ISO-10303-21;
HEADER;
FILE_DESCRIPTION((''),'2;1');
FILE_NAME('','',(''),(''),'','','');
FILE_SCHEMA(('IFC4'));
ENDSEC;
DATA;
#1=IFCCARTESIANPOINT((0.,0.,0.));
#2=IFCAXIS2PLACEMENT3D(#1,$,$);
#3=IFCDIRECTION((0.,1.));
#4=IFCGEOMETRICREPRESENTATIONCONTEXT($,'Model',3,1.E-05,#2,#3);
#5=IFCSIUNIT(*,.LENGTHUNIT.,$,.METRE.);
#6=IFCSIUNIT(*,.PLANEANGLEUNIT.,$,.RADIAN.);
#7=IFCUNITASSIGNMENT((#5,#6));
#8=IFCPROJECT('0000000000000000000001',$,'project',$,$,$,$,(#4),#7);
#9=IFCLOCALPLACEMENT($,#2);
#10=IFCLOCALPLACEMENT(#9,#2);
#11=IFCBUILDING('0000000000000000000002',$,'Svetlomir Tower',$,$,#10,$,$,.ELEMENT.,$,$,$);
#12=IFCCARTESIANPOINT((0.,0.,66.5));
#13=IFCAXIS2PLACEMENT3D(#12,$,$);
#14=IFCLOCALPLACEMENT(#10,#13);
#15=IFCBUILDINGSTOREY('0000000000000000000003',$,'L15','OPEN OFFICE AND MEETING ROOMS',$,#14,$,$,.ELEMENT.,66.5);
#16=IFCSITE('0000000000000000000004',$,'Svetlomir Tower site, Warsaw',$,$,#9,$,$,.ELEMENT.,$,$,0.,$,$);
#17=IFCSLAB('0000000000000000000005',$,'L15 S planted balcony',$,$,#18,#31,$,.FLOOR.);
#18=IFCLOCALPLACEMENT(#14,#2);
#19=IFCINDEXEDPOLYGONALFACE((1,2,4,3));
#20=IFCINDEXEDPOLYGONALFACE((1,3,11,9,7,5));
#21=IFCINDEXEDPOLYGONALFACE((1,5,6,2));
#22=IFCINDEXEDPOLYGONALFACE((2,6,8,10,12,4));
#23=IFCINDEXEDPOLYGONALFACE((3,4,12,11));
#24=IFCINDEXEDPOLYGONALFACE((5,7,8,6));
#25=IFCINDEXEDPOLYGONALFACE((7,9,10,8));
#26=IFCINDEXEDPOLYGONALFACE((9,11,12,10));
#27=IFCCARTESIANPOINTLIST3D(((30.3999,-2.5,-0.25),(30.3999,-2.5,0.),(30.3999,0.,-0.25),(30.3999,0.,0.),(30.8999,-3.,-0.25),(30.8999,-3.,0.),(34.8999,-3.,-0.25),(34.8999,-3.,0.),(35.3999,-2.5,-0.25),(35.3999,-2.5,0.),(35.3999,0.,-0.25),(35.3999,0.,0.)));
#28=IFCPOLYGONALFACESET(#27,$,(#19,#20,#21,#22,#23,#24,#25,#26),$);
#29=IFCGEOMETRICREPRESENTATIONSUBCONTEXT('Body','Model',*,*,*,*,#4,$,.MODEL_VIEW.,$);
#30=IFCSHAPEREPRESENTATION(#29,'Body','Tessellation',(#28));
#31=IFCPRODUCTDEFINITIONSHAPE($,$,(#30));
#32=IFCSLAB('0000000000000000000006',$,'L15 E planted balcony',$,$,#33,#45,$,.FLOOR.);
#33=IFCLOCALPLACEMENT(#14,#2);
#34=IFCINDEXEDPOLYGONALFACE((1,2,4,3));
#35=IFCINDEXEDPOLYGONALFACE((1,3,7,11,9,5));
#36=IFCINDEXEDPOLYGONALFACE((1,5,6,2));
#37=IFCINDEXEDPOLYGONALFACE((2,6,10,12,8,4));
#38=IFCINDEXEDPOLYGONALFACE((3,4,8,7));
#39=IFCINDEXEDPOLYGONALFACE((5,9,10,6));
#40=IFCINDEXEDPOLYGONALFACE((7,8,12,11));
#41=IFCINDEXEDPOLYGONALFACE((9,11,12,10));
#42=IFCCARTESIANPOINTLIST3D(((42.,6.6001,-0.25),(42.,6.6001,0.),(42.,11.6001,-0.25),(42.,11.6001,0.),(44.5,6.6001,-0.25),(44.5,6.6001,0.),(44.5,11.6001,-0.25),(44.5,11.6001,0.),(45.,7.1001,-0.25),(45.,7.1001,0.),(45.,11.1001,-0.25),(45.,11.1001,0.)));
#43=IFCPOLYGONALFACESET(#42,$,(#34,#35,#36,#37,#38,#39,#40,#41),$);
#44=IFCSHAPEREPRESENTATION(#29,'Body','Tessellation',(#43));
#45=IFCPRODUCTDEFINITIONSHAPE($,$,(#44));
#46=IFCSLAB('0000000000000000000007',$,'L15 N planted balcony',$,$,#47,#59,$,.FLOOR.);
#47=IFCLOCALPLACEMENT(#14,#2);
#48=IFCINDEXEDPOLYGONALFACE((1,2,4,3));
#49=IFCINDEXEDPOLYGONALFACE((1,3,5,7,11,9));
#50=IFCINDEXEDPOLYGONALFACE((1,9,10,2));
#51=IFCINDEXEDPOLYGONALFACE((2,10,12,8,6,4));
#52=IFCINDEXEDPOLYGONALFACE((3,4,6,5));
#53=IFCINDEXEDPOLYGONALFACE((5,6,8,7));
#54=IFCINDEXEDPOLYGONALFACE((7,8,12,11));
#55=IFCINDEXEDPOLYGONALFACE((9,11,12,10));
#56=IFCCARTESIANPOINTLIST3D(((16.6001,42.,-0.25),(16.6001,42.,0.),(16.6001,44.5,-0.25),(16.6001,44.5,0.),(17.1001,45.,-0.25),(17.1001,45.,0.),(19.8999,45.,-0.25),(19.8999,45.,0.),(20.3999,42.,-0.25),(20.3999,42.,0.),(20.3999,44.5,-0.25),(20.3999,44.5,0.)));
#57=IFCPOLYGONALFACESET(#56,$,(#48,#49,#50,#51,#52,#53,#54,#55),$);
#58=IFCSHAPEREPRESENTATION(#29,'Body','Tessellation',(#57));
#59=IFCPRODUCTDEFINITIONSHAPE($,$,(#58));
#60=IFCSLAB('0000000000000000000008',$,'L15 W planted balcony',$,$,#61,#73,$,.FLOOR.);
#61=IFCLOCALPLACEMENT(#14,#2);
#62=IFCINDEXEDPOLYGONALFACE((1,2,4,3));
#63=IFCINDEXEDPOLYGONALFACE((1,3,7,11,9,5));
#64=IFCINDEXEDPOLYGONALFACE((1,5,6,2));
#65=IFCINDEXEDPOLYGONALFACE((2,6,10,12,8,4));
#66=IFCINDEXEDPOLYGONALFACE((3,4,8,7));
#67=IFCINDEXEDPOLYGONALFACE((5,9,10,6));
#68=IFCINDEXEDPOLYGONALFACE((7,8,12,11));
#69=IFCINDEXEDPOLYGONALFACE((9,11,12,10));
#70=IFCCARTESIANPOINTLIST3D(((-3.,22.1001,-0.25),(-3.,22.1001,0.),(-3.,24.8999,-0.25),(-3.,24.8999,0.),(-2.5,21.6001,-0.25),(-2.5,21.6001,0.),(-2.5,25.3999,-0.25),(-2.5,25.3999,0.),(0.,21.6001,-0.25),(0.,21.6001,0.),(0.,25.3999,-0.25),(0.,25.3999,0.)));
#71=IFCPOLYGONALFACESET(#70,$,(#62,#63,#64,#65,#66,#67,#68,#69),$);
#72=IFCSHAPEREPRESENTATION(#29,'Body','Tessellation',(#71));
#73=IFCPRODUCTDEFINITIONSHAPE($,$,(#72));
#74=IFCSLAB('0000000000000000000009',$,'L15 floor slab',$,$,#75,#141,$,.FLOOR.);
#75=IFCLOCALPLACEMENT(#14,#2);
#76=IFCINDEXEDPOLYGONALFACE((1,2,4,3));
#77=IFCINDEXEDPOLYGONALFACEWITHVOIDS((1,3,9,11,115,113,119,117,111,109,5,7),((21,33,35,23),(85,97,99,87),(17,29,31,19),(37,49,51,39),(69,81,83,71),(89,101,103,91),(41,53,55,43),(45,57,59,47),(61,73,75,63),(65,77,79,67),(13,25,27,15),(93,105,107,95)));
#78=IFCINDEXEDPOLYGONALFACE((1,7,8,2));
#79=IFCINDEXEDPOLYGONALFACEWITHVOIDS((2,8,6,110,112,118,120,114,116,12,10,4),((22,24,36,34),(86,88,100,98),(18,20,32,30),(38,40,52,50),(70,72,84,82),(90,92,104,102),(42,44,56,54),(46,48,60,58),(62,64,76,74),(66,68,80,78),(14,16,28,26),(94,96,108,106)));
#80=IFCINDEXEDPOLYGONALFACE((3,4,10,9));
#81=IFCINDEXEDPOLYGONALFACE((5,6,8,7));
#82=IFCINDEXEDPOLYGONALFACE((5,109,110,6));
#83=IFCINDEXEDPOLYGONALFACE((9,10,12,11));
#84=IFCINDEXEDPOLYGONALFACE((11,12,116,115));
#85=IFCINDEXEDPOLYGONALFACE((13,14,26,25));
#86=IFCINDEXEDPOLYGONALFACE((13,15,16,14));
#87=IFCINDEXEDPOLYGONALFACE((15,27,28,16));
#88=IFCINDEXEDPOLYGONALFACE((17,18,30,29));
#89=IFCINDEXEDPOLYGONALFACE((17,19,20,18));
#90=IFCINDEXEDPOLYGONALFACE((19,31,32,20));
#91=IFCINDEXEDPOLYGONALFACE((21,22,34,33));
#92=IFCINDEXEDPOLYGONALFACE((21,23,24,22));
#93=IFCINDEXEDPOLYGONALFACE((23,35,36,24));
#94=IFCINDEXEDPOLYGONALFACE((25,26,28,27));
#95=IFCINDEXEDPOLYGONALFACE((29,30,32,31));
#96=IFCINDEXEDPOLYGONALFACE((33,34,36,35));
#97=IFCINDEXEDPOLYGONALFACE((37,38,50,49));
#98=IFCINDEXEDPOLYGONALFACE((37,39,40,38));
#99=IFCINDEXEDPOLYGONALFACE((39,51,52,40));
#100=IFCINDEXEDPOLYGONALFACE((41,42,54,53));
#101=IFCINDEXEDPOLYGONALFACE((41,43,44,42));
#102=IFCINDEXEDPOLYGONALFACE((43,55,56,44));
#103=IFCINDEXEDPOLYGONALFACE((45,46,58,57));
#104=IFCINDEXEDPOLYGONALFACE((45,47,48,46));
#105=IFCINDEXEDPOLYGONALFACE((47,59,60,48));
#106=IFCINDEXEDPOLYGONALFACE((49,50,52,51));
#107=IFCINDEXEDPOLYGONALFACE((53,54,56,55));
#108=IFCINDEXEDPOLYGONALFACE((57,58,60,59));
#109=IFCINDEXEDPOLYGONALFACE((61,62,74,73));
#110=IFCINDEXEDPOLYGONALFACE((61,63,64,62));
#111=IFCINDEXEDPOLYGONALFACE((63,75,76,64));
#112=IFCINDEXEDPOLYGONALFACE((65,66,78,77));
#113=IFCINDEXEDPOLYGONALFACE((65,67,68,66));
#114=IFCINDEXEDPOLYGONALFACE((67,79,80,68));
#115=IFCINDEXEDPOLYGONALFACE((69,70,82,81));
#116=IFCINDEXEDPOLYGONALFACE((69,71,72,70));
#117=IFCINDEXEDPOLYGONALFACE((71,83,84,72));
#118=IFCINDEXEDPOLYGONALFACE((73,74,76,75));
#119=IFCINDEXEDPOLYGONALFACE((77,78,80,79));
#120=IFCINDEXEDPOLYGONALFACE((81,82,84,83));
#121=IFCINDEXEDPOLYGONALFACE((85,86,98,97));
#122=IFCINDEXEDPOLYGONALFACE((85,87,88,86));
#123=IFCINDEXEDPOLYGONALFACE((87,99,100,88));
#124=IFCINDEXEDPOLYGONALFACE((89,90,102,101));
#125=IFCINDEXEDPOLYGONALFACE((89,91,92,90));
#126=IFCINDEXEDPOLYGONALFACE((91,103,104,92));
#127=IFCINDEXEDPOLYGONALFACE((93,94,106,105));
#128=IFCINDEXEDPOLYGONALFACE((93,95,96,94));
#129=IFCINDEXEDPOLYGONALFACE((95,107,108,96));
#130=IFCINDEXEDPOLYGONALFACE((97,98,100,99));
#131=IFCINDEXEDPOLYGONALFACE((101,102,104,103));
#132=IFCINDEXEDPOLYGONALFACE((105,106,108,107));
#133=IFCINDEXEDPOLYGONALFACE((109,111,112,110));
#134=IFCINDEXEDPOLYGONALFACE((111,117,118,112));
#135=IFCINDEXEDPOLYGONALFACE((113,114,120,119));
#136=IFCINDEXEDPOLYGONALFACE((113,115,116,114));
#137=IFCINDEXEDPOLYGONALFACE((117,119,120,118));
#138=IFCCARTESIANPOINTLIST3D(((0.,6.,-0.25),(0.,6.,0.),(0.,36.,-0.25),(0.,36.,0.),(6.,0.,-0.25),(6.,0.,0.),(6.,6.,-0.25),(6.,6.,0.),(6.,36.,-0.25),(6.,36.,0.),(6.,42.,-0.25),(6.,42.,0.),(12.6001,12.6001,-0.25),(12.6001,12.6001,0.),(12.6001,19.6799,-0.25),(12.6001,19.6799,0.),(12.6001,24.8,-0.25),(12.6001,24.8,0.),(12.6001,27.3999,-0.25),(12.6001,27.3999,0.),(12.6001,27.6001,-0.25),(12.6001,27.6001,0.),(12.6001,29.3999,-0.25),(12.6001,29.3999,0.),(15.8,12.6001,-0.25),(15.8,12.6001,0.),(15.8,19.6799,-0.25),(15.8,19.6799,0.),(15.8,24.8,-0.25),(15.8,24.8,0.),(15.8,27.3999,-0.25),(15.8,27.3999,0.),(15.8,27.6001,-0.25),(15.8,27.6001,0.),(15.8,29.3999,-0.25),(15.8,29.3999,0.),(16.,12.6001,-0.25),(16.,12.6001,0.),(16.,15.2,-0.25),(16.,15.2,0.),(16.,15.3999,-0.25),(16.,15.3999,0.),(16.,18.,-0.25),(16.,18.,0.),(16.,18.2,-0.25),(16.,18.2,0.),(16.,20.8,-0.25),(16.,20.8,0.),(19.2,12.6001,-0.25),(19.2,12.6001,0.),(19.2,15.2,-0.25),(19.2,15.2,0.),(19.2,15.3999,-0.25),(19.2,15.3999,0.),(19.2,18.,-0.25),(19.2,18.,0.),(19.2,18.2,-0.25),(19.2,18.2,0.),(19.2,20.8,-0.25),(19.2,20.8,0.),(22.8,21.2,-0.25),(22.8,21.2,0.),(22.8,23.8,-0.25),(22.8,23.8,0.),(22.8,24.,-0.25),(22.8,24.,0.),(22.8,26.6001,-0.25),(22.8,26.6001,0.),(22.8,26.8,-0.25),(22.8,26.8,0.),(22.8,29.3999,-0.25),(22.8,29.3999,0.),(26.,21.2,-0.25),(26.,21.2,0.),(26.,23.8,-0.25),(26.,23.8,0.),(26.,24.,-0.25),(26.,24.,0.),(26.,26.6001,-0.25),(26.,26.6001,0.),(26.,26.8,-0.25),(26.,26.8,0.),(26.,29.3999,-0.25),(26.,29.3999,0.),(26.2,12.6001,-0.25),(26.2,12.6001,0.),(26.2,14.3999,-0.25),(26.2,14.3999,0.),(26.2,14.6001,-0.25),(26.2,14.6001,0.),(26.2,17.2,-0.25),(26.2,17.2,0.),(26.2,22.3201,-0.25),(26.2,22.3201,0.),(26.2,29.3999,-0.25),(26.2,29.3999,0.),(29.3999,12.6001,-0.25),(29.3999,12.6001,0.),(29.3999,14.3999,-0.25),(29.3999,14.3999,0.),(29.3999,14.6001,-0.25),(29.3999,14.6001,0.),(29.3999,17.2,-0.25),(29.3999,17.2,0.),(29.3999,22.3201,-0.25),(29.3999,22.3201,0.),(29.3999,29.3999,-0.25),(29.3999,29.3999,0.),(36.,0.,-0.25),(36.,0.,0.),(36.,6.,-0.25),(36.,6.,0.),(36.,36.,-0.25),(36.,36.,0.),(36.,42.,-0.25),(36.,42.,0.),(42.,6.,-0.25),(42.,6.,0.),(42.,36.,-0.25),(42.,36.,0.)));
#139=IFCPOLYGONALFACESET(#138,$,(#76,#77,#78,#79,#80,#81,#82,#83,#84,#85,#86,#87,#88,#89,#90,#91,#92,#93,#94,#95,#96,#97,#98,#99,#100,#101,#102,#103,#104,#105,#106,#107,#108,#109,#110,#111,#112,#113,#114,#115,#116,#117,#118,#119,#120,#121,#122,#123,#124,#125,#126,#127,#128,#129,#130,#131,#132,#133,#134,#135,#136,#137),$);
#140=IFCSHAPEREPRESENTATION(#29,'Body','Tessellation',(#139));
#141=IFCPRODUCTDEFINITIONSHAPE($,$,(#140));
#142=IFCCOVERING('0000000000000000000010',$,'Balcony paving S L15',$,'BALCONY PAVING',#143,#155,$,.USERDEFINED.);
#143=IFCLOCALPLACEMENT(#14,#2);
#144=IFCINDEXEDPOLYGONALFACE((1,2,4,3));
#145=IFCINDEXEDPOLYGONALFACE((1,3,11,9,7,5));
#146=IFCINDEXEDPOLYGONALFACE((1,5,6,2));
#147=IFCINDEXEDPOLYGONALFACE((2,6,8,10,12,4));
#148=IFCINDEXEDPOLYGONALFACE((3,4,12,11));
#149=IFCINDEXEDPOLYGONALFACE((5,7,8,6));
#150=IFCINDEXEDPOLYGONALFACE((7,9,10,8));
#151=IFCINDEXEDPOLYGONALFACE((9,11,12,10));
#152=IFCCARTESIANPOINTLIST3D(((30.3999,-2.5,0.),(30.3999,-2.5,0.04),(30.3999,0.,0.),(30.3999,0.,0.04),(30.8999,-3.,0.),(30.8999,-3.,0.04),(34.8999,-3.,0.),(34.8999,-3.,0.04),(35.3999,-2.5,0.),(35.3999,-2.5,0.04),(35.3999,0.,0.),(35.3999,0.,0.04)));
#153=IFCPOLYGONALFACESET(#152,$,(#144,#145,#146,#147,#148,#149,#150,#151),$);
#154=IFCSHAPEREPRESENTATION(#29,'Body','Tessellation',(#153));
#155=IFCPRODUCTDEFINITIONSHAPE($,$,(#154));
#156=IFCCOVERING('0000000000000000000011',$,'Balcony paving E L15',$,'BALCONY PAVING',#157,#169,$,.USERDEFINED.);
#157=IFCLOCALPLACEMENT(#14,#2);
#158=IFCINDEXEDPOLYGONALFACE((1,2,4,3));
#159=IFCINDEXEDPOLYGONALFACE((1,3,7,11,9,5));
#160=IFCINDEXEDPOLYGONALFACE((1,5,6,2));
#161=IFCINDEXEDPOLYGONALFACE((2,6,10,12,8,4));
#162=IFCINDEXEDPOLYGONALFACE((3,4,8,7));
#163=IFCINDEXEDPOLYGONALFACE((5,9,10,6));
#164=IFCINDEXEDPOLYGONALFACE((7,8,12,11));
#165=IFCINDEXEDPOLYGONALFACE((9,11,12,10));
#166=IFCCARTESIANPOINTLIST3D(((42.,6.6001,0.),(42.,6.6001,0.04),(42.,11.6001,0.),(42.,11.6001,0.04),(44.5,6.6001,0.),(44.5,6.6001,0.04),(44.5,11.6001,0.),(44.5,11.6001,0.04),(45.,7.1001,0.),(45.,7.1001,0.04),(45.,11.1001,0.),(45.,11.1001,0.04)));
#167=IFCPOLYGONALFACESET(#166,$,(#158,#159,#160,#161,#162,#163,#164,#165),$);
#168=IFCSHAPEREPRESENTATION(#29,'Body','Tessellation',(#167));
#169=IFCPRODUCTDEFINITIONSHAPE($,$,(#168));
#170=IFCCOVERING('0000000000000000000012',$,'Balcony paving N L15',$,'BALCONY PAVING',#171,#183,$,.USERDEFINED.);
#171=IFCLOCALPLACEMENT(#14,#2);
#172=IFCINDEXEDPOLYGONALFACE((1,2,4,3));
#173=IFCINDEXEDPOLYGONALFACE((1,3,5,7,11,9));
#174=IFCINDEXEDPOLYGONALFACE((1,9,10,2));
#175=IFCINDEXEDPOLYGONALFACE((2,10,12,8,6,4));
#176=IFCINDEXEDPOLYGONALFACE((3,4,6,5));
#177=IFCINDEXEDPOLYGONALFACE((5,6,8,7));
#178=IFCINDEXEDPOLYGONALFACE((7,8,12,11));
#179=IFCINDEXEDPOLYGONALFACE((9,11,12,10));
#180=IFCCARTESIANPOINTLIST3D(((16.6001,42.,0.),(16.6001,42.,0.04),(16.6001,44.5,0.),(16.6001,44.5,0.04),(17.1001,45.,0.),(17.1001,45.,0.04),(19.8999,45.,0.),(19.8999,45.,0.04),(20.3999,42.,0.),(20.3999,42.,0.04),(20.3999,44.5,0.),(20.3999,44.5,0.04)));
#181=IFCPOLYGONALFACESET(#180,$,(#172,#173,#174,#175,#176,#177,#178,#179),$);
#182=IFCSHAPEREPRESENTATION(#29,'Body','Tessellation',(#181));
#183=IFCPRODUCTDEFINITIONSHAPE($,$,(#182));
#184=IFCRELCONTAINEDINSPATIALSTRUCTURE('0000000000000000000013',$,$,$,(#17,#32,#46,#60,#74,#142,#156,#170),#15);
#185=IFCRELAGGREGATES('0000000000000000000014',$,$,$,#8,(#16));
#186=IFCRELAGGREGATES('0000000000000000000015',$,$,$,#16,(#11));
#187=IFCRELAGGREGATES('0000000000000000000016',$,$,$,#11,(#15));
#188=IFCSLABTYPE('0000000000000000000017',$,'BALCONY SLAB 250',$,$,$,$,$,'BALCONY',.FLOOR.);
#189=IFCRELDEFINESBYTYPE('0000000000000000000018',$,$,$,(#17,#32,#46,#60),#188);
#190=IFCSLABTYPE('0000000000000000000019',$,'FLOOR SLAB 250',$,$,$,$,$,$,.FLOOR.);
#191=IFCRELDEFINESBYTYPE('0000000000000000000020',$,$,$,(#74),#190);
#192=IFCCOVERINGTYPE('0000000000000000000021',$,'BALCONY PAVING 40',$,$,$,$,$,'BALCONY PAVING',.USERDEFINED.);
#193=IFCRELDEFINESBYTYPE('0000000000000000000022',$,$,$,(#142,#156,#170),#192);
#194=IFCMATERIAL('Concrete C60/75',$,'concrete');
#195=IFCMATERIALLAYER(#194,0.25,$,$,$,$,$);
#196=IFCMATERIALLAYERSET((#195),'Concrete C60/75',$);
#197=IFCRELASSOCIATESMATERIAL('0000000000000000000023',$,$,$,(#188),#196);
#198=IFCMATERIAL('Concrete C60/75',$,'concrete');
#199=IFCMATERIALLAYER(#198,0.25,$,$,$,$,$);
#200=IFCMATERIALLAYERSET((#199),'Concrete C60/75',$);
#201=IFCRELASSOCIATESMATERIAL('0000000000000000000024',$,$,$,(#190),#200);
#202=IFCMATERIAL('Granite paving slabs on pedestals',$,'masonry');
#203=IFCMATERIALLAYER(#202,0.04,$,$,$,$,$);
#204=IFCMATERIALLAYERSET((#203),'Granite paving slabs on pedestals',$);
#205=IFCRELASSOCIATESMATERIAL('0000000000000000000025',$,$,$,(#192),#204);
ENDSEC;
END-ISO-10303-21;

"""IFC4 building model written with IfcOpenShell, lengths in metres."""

from ifc_helpers import new_model, si_unit, direction, frame, origin, place, context, subcontext, project, spatial, polyline, outline, extrude, material, layer, layer_set, type_object, element, save


model = new_model("IFC4")

# Units and contexts
model_context = context("Model", 3, precision=1e-05, world=origin(), true_north=direction((0.0, 1.0)))
body_context = subcontext(model_context, "Body", "Model", "MODEL_VIEW")
ifc_project = project(units=[si_unit("LENGTHUNIT", "METRE"), si_unit("PLANEANGLEUNIT", "RADIAN")], contexts=[model_context])

# Site, building, storey
site_placement = place(None, origin())
site = spatial("IfcSite", under=ifc_project, at=site_placement, Name="Svetlomir Tower site, Warsaw", CompositionType="ELEMENT", RefElevation=0.0)
building_placement = place(site_placement, origin())
building = spatial("IfcBuilding", under=site, at=building_placement, Name="Svetlomir Tower", CompositionType="ELEMENT")
storey_placement = place(building_placement, frame((0.0, 0.0, 66.5)))
storey = spatial("IfcBuildingStorey", under=building, at=storey_placement, Name="L15", Description="OPEN OFFICE AND MEETING ROOMS", CompositionType="ELEMENT", Elevation=66.5)

# Slabs
ifc_material_1 = material(Name="Concrete C60/75", Category="concrete")
ifc_layer_1 = layer(ifc_material_1, 0.25)
ifc_layer_set_1 = layer_set([ifc_layer_1], Name="Concrete C60/75")
slab_type_1 = type_object("IfcSlabType", Name="BALCONY SLAB 250", ElementType="BALCONY", PredefinedType="FLOOR", material=ifc_layer_set_1)
slab_1_placement = place(storey_placement, frame((0.0, 0.0, -0.25)))
element("IfcSlab", 1, at=slab_1_placement, inside=storey, type_object=slab_type_1, Name="L15 S planted balcony", PredefinedType="FLOOR", context=body_context, shape_type="SweptSolid", body=[
    extrude(outline(polyline([(30.3999, -2.5), (30.8999, -3.0), (34.8999, -3.0), (35.3999, -2.5), (35.3999, 0.0), (30.3999, 0.0), (30.3999, -2.5)])), origin(), (0.0, 0.0, 1.0), 0.25),
])
slab_2_placement = place(storey_placement, frame((0.0, 0.0, -0.25)))
element("IfcSlab", 2, at=slab_2_placement, inside=storey, type_object=slab_type_1, Name="L15 E planted balcony", PredefinedType="FLOOR", context=body_context, shape_type="SweptSolid", body=[
    extrude(outline(polyline([(42.0, 6.6001), (44.5, 6.6001), (45.0, 7.1001), (45.0, 11.1001), (44.5, 11.6001), (42.0, 11.6001), (42.0, 6.6001)])), origin(), (0.0, 0.0, 1.0), 0.25),
])
slab_3_placement = place(storey_placement, frame((0.0, 0.0, -0.25)))
element("IfcSlab", 3, at=slab_3_placement, inside=storey, type_object=slab_type_1, Name="L15 N planted balcony", PredefinedType="FLOOR", context=body_context, shape_type="SweptSolid", body=[
    extrude(outline(polyline([(16.6001, 42.0), (20.3999, 42.0), (20.3999, 44.5), (19.8999, 45.0), (17.1001, 45.0), (16.6001, 44.5), (16.6001, 42.0)])), origin(), (0.0, 0.0, 1.0), 0.25),
])
slab_4_placement = place(storey_placement, frame((0.0, 0.0, -0.25)))
element("IfcSlab", 4, at=slab_4_placement, inside=storey, type_object=slab_type_1, Name="L15 W planted balcony", PredefinedType="FLOOR", context=body_context, shape_type="SweptSolid", body=[
    extrude(outline(polyline([(-2.5, 21.6001), (0.0, 21.6001), (0.0, 25.3999), (-2.5, 25.3999), (-3.0, 24.8999), (-3.0, 22.1001), (-2.5, 21.6001)])), origin(), (0.0, 0.0, 1.0), 0.25),
])
ifc_material_2 = material(Name="Concrete C60/75", Category="concrete")
ifc_layer_2 = layer(ifc_material_2, 0.25)
ifc_layer_set_2 = layer_set([ifc_layer_2], Name="Concrete C60/75")
slab_type_2 = type_object("IfcSlabType", Name="FLOOR SLAB 250", PredefinedType="FLOOR", material=ifc_layer_set_2)
slab_5_placement = place(storey_placement, frame((0.0, 0.0, -0.25)))
element("IfcSlab", 5, at=slab_5_placement, inside=storey, type_object=slab_type_2, Name="L15 floor slab", PredefinedType="FLOOR", context=body_context, shape_type="SweptSolid", body=[
    extrude(outline(polyline([(6.0, 0.0), (36.0, 0.0), (36.0, 6.0), (42.0, 6.0), (42.0, 36.0), (36.0, 36.0), (36.0, 42.0), (6.0, 42.0), (6.0, 36.0), (0.0, 36.0), (0.0, 6.0), (6.0, 6.0), (6.0, 0.0)]), holes=[polyline([(12.6001, 24.8), (15.8, 24.8), (15.8, 27.3999), (12.6001, 27.3999), (12.6001, 24.8)]), polyline([(26.2, 14.6001), (29.3999, 14.6001), (29.3999, 17.2), (26.2, 17.2), (26.2, 14.6001)]), polyline([(16.0, 12.6001), (19.2, 12.6001), (19.2, 15.2), (16.0, 15.2), (16.0, 12.6001)]), polyline([(16.0, 15.3999), (19.2, 15.3999), (19.2, 18.0), (16.0, 18.0), (16.0, 15.3999)]), polyline([(16.0, 18.2), (19.2, 18.2), (19.2, 20.8), (16.0, 20.8), (16.0, 18.2)]), polyline([(22.8, 21.2), (26.0, 21.2), (26.0, 23.8), (22.8, 23.8), (22.8, 21.2)]), polyline([(22.8, 24.0), (26.0, 24.0), (26.0, 26.6001), (22.8, 26.6001), (22.8, 24.0)]), polyline([(22.8, 26.8), (26.0, 26.8), (26.0, 29.3999), (22.8, 29.3999), (22.8, 26.8)]), polyline([(12.6001, 27.6001), (15.8, 27.6001), (15.8, 29.3999), (12.6001, 29.3999), (12.6001, 27.6001)]), polyline([(26.2, 12.6001), (29.3999, 12.6001), (29.3999, 14.3999), (26.2, 14.3999), (26.2, 12.6001)]), polyline([(12.6001, 12.6001), (15.8, 12.6001), (15.8, 19.6799), (12.6001, 19.6799), (12.6001, 12.6001)]), polyline([(26.2, 22.3201), (29.3999, 22.3201), (29.3999, 29.3999), (26.2, 29.3999), (26.2, 22.3201)])]), origin(), (0.0, 0.0, 1.0), 0.25),
])

# Coverings
ifc_material_3 = material(Name="Granite paving slabs on pedestals", Category="masonry")
ifc_layer_3 = layer(ifc_material_3, 0.04)
ifc_layer_set_3 = layer_set([ifc_layer_3], Name="Granite paving slabs on pedestals")
covering_type_1 = type_object("IfcCoveringType", Name="BALCONY PAVING 40", ElementType="BALCONY PAVING", PredefinedType="USERDEFINED", material=ifc_layer_set_3)
covering_1_placement = place(storey_placement, origin())
element("IfcCovering", 6, at=covering_1_placement, inside=storey, type_object=covering_type_1, Name="Balcony paving S L15", ObjectType="BALCONY PAVING", PredefinedType="USERDEFINED", context=body_context, shape_type="SweptSolid", body=[
    extrude(outline(polyline([(30.3999, -2.5), (30.8999, -3.0), (34.8999, -3.0), (35.3999, -2.5), (35.3999, 0.0), (30.3999, 0.0), (30.3999, -2.5)])), origin(), (0.0, 0.0, 1.0), 0.04),
])
covering_2_placement = place(storey_placement, origin())
element("IfcCovering", 7, at=covering_2_placement, inside=storey, type_object=covering_type_1, Name="Balcony paving E L15", ObjectType="BALCONY PAVING", PredefinedType="USERDEFINED", context=body_context, shape_type="SweptSolid", body=[
    extrude(outline(polyline([(42.0, 6.6001), (44.5, 6.6001), (45.0, 7.1001), (45.0, 11.1001), (44.5, 11.6001), (42.0, 11.6001), (42.0, 6.6001)])), origin(), (0.0, 0.0, 1.0), 0.04),
])
covering_3_placement = place(storey_placement, origin())
element("IfcCovering", 8, at=covering_3_placement, inside=storey, type_object=covering_type_1, Name="Balcony paving N L15", ObjectType="BALCONY PAVING", PredefinedType="USERDEFINED", context=body_context, shape_type="SweptSolid", body=[
    extrude(outline(polyline([(16.6001, 42.0), (20.3999, 42.0), (20.3999, 44.5), (19.8999, 45.0), (17.1001, 45.0), (16.6001, 44.5), (16.6001, 42.0)])), origin(), (0.0, 0.0, 1.0), 0.04),
])

save(model, "model.ifc")
